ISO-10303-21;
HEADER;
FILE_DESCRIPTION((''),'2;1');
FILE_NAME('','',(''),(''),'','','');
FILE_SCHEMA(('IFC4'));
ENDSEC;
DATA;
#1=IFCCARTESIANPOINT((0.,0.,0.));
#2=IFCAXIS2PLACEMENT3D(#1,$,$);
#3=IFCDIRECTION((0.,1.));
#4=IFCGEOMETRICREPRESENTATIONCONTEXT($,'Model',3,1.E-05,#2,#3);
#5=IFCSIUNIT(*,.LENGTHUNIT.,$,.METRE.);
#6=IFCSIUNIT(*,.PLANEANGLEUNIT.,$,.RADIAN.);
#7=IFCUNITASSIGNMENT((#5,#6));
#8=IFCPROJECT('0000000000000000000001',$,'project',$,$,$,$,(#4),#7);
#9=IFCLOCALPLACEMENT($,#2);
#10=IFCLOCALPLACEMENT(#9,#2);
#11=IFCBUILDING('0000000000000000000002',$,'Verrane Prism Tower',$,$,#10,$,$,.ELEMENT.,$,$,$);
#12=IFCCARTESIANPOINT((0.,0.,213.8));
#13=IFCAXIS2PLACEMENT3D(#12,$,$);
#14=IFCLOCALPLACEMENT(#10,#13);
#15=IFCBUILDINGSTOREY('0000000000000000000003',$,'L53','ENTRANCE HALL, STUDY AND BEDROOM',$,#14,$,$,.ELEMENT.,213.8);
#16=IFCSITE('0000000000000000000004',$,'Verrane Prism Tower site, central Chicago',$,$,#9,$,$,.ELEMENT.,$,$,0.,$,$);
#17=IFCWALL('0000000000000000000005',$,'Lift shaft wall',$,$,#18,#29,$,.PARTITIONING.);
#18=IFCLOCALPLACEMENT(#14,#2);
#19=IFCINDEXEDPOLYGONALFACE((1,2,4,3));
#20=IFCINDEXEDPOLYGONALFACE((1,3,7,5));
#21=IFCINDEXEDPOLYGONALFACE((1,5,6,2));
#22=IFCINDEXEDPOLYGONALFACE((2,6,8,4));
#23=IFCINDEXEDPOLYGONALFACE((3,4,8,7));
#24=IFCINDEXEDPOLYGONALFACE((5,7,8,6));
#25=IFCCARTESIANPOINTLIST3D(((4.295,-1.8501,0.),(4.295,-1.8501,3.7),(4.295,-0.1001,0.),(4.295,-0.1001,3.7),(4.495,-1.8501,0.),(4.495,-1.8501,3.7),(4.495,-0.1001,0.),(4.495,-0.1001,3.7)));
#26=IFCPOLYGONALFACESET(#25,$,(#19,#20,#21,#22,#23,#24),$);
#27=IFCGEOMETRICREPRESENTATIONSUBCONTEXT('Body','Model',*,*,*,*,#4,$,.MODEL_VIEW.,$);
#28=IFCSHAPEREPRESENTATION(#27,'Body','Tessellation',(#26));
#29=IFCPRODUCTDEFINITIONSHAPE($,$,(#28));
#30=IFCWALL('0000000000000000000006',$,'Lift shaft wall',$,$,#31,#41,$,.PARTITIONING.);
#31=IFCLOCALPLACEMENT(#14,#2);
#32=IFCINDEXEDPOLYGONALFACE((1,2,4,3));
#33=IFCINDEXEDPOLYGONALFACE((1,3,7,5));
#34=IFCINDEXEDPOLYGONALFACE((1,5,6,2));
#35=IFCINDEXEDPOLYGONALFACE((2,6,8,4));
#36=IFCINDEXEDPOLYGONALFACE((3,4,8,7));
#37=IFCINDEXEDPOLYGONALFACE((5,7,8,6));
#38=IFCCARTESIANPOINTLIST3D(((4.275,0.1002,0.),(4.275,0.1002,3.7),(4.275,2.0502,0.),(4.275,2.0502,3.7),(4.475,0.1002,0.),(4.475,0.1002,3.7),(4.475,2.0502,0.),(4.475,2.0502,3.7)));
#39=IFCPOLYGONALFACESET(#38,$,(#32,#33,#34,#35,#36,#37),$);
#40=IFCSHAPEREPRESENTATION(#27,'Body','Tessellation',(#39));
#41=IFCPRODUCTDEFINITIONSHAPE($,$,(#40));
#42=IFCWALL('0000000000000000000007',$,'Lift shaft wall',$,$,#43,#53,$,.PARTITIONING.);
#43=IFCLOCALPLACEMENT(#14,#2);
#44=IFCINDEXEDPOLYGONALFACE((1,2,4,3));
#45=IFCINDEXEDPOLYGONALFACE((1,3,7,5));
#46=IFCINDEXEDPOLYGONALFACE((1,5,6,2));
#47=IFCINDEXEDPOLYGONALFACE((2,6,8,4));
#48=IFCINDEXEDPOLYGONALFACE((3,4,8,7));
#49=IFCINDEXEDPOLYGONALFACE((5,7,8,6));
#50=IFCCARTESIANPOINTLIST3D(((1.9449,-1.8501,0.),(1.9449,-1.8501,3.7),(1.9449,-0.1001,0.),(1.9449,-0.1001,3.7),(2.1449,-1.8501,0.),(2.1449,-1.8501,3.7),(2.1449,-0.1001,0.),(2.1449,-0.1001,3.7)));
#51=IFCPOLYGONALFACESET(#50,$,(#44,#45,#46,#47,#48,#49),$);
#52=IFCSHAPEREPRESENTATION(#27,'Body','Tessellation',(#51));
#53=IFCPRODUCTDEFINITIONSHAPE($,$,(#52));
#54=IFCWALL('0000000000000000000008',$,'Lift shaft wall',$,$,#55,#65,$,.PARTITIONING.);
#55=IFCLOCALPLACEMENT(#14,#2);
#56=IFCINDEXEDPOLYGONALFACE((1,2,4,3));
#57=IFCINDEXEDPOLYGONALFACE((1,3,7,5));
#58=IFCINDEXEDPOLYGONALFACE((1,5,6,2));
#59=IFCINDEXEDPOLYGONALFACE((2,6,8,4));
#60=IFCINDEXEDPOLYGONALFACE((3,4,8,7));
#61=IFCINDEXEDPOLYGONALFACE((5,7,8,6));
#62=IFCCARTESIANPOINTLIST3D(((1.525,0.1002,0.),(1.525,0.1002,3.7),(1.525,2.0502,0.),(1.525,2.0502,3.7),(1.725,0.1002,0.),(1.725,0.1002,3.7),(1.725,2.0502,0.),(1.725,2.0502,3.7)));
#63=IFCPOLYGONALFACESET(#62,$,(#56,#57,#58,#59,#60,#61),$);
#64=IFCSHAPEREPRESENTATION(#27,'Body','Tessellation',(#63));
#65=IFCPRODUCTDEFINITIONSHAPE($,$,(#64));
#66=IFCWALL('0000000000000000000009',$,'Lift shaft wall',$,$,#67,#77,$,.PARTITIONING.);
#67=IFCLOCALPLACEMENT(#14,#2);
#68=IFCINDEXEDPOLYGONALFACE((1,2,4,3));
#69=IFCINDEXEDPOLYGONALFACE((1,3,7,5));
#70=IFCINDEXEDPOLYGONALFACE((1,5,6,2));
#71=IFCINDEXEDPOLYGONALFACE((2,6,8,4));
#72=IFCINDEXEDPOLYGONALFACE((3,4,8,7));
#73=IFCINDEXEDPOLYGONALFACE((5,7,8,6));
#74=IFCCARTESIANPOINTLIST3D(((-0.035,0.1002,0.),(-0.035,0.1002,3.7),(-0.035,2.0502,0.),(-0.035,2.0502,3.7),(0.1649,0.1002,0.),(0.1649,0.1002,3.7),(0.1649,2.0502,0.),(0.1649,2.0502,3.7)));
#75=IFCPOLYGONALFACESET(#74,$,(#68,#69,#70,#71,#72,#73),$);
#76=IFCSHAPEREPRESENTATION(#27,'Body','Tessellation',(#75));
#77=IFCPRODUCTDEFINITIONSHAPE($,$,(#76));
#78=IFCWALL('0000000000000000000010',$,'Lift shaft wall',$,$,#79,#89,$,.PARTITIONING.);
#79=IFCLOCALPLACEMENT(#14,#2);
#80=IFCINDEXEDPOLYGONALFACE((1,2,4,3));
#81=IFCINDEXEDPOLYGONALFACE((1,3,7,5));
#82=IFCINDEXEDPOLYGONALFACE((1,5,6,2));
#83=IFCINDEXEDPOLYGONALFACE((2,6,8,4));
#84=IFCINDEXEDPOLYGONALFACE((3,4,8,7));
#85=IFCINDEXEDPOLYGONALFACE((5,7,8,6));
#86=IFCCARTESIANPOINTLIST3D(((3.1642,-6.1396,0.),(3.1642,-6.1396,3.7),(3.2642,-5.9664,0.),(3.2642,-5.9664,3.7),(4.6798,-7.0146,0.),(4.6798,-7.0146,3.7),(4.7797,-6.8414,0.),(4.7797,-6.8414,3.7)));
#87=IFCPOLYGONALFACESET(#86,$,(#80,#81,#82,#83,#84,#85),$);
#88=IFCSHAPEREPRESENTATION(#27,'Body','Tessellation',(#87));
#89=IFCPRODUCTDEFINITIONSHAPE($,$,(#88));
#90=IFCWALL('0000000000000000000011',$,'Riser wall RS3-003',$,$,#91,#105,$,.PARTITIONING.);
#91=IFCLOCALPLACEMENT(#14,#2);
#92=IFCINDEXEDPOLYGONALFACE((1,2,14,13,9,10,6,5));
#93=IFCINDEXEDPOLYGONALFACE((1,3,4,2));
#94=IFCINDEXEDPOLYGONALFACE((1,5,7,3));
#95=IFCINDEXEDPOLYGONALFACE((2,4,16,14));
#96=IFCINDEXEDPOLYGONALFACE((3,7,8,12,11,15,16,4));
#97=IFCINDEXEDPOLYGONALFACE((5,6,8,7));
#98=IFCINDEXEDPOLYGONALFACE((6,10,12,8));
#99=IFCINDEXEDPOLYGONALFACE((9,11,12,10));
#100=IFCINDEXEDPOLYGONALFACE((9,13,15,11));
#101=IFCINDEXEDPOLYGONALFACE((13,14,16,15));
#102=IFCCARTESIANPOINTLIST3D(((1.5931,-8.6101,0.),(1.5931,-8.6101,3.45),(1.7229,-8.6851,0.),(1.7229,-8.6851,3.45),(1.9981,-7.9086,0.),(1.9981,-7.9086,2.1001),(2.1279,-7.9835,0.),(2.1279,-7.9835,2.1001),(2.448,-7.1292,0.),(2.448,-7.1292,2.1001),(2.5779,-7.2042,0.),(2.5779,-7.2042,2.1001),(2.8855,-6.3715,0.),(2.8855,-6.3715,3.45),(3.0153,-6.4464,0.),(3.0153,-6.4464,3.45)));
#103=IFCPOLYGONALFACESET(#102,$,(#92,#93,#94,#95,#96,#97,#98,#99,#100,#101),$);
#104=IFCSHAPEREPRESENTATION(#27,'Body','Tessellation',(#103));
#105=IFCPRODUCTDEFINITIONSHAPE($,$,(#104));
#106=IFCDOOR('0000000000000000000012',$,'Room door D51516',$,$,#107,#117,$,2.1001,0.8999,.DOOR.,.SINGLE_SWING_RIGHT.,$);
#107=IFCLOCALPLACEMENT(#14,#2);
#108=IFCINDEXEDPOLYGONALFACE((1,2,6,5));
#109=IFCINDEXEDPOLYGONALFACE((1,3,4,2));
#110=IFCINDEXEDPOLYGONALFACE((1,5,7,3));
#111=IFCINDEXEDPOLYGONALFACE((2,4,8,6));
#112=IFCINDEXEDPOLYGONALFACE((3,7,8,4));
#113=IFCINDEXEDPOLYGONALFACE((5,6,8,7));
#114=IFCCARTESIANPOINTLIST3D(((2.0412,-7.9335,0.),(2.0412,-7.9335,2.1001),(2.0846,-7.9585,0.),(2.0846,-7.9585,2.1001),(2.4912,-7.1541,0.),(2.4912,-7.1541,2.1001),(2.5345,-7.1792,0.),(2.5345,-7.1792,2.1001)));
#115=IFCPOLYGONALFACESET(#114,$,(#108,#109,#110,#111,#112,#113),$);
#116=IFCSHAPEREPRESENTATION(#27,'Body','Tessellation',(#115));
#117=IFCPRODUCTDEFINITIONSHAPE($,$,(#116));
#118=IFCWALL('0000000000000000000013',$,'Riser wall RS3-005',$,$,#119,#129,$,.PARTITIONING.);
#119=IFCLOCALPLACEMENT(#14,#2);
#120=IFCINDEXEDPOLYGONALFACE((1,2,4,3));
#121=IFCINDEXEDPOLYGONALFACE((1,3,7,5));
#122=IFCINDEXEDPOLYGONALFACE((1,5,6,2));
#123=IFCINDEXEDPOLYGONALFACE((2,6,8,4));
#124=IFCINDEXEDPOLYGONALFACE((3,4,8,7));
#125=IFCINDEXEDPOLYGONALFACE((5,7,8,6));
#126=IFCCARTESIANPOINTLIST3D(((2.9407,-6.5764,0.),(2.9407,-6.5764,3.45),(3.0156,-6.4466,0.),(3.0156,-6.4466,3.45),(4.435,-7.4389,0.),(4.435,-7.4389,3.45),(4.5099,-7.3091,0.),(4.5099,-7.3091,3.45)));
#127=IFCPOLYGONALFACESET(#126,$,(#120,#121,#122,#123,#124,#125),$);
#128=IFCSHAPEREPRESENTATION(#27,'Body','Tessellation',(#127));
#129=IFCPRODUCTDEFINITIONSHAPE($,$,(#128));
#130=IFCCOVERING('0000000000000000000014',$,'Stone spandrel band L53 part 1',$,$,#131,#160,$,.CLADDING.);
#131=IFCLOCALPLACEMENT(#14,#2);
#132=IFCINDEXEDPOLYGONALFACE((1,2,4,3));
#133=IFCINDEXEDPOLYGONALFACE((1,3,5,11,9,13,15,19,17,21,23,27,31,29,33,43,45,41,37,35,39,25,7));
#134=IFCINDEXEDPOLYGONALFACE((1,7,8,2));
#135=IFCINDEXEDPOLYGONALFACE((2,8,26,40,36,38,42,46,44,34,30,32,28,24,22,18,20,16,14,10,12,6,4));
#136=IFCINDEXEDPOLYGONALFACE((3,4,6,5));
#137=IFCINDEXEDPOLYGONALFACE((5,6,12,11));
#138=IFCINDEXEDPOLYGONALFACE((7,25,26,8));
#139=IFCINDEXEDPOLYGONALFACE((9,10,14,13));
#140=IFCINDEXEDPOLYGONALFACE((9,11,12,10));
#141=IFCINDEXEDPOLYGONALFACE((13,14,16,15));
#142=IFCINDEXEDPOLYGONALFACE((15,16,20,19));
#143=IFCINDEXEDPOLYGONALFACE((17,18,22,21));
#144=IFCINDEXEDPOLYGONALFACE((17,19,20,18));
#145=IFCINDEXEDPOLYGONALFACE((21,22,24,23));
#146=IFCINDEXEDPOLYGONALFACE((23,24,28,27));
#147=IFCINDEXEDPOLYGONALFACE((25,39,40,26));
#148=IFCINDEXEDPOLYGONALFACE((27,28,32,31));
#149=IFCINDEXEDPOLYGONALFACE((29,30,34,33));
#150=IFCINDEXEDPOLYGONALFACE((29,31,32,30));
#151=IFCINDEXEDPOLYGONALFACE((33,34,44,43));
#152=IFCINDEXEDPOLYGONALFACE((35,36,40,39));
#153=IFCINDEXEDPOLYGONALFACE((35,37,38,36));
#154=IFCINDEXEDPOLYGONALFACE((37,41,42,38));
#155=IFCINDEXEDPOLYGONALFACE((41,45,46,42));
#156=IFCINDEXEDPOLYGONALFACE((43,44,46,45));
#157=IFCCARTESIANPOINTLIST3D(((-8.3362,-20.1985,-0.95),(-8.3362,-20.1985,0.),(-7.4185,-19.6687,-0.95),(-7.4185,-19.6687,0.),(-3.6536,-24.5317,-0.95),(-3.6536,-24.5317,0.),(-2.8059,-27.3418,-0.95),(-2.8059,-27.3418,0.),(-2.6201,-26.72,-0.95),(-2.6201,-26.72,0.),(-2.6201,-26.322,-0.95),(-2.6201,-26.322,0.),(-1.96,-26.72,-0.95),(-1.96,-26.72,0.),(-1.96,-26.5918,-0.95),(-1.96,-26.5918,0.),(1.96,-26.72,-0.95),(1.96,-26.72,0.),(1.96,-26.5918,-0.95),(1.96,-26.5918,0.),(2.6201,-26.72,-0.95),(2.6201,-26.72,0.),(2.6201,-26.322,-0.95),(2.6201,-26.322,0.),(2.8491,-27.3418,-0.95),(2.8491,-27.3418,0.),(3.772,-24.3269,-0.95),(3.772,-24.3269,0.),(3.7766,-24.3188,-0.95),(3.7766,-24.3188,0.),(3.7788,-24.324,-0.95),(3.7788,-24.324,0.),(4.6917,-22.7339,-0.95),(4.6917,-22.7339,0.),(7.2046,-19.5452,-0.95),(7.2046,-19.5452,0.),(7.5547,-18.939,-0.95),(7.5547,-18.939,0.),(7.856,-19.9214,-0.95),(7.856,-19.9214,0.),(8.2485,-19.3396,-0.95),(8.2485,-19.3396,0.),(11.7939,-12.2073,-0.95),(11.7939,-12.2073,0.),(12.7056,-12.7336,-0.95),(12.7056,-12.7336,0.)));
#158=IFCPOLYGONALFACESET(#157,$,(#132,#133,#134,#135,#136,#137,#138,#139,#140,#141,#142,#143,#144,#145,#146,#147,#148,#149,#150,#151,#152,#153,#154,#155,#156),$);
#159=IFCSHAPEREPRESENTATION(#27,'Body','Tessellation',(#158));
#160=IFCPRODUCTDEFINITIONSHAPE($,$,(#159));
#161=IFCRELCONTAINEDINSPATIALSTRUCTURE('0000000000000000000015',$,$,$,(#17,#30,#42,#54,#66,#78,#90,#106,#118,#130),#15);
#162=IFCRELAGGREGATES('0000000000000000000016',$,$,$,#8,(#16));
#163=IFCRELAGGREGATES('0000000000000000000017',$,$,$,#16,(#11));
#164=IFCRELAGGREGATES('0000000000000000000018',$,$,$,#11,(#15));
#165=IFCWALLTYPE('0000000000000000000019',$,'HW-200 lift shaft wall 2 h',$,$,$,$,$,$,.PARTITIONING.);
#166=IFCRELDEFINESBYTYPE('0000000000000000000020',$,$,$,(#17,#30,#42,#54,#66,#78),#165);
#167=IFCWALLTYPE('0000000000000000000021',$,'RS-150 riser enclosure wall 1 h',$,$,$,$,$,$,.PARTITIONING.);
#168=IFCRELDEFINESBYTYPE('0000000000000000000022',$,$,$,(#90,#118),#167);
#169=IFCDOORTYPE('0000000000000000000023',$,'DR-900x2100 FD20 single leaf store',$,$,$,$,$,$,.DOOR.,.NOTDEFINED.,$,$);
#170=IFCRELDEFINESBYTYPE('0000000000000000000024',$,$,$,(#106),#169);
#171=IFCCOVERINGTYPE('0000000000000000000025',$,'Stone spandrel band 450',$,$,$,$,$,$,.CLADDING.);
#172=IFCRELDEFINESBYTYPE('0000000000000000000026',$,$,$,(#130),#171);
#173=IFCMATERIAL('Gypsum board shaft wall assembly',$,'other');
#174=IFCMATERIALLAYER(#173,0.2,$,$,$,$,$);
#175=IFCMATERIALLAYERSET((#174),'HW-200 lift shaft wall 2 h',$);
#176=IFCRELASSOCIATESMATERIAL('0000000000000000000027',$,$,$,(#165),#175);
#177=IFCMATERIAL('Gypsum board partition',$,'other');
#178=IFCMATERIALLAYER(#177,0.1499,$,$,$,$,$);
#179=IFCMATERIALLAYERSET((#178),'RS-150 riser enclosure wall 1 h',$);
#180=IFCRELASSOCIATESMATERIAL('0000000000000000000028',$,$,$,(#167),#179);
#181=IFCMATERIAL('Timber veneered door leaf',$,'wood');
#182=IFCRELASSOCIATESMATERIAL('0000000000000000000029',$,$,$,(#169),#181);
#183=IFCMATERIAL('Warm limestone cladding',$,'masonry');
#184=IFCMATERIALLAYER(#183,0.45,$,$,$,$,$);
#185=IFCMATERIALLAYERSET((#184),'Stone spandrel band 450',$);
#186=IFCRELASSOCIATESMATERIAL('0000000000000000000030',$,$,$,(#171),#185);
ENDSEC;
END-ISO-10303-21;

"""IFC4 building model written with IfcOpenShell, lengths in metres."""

from ifc_helpers import new_model, si_unit, direction, frame, frame_2d, origin, place, context, subcontext, project, spatial, polyline, rectangle, outline, extrude, material, layer, layer_set, type_object, element, fill, save


model = new_model("IFC4")

# Units and contexts
model_context = context("Model", 3, precision=1e-05, world=origin(), true_north=direction((0.0, 1.0)))
body_context = subcontext(model_context, "Body", "Model", "MODEL_VIEW")
ifc_project = project(units=[si_unit("LENGTHUNIT", "METRE"), si_unit("PLANEANGLEUNIT", "RADIAN")], contexts=[model_context])

# Site, building, storey
site_placement = place(None, origin())
site = spatial("IfcSite", under=ifc_project, at=site_placement, Name="Verrane Prism Tower site, central Chicago", CompositionType="ELEMENT", RefElevation=0.0)
building_placement = place(site_placement, origin())
building = spatial("IfcBuilding", under=site, at=building_placement, Name="Verrane Prism Tower", CompositionType="ELEMENT")
storey_placement = place(building_placement, frame((0.0, 0.0, 213.8)))
storey = spatial("IfcBuildingStorey", under=building, at=storey_placement, Name="L53", Description="ENTRANCE HALL, STUDY AND BEDROOM", CompositionType="ELEMENT", Elevation=213.8)

# Shared definitions
ifc_material_1 = material(Name="Gypsum board shaft wall assembly", Category="other")
ifc_layer_1 = layer(ifc_material_1, 0.2)
ifc_layer_set_1 = layer_set([ifc_layer_1], Name="HW-200 lift shaft wall 2 h")
wall_type_1 = type_object("IfcWallType", Name="HW-200 lift shaft wall 2 h", PredefinedType="PARTITIONING", material=ifc_layer_set_1)

# Walls
wall_1_placement = place(storey_placement, frame((4.395, -1.8501, 0.0), z_axis=(0.0, 0.0, 1.0), x_axis=(0.0, 1.0, 0.0)))
element("IfcWall", 1, at=wall_1_placement, inside=storey, type_object=wall_type_1, Name="Lift shaft wall", PredefinedType="PARTITIONING", context=body_context, shape_type="SweptSolid", body=[
    extrude(rectangle(XDim=1.75, YDim=0.2, at=frame_2d((0.875, 0.0))), origin(), (0.0, 0.0, 1.0), 3.7),
])
wall_2_placement = place(storey_placement, frame((4.375, 0.1001, 0.0), z_axis=(0.0, 0.0, 1.0), x_axis=(0.0, 1.0, 0.0)))
element("IfcWall", 2, at=wall_2_placement, inside=storey, type_object=wall_type_1, Name="Lift shaft wall", PredefinedType="PARTITIONING", context=body_context, shape_type="SweptSolid", body=[
    extrude(rectangle(XDim=1.95, YDim=0.2, at=frame_2d((0.9751, 0.0))), origin(), (0.0, 0.0, 1.0), 3.7),
])
wall_3_placement = place(storey_placement, frame((2.0449, -1.8501, 0.0), z_axis=(0.0, 0.0, 1.0), x_axis=(0.0, 1.0, 0.0)))
element("IfcWall", 3, at=wall_3_placement, inside=storey, type_object=wall_type_1, Name="Lift shaft wall", PredefinedType="PARTITIONING", context=body_context, shape_type="SweptSolid", body=[
    extrude(rectangle(XDim=1.75, YDim=0.2, at=frame_2d((0.875, 0.0))), origin(), (0.0, 0.0, 1.0), 3.7),
])
for number, where, z_axis, x_axis, name in (
    (4, (1.625, 0.1001, 0.0), (0.0, 0.0, 1.0), (0.0, 1.0, 0.0), "Lift shaft wall"),
    (5, (0.0649, 0.1001, 0.0), (0.0, 0.0, 1.0), (0.0, 1.0, 0.0), "Lift shaft wall"),
):
    element("IfcWall", number, at=place(storey_placement, frame(where, z_axis=z_axis, x_axis=x_axis)), inside=storey, type_object=wall_type_1, Name=name, PredefinedType="PARTITIONING", context=body_context, shape_type="SweptSolid", body=[
        extrude(rectangle(XDim=1.95, YDim=0.2, at=frame_2d((0.9751, 0.0))), origin(), (0.0, 0.0, 1.0), 3.7),
    ])
wall_4_placement = place(storey_placement, frame((4.7297, -6.928, 0.0), z_axis=(0.0, 0.0, 1.0), x_axis=(-0.866037, 0.49998, 0.0)))
element("IfcWall", 6, at=wall_4_placement, inside=storey, type_object=wall_type_1, Name="Lift shaft wall", PredefinedType="PARTITIONING", context=body_context, shape_type="SweptSolid", body=[
    extrude(rectangle(XDim=1.75, YDim=0.2, at=frame_2d((0.875, 0.0))), origin(), (0.0, 0.0, 1.0), 3.7),
])

# Wall, opening, door
ifc_material_2 = material(Name="Gypsum board partition", Category="other")
ifc_layer_2 = layer(ifc_material_2, 0.1499)
ifc_layer_set_2 = layer_set([ifc_layer_2], Name="RS-150 riser enclosure wall 1 h")
wall_type_2 = type_object("IfcWallType", Name="RS-150 riser enclosure wall 1 h", PredefinedType="PARTITIONING", material=ifc_layer_set_2)
wall_5_placement = place(storey_placement, frame((2.9504, -6.4089, 0.0), z_axis=(0.0, 0.0, 1.0), x_axis=(-0.499979, -0.866038, 0.0)))
wall_5 = element("IfcWall", 7, at=wall_5_placement, inside=storey, type_object=wall_type_2, Name="Riser wall RS3-003", PredefinedType="PARTITIONING", context=body_context, shape_type="SweptSolid", body=[
    extrude(rectangle(XDim=2.585, YDim=0.1499, at=frame_2d((1.2925, 0.0))), origin(), (0.0, 0.0, 1.0), 3.45),
])
opening_1_placement = place(wall_5_placement, frame((0.875, 0.0, 0.0)))
opening_1 = element("IfcOpeningElement", 8, at=opening_1_placement, cuts=wall_5, PredefinedType="OPENING", context=body_context, shape_type="SweptSolid", body=[
    extrude(rectangle(XDim=0.8999, YDim=2.1001, at=frame_2d((0.45, 1.05))), frame((0.0, 0.085, 0.0), z_axis=(0.0, -1.0, 0.0), x_axis=(1.0, 0.0, 0.0)), (0.0, 0.0, 1.0), 0.1699),
])
ifc_material_3 = material(Name="Timber veneered door leaf", Category="wood")
door_type_1 = type_object("IfcDoorType", Name="DR-900x2100 FD20 single leaf store", OperationType="NOTDEFINED", PredefinedType="DOOR", material=ifc_material_3)
door_1_placement = place(opening_1_placement, origin())
door_1 = element("IfcDoor", 9, at=door_1_placement, inside=storey, type_object=door_type_1, Name="Room door D51516", OperationType="SINGLE_SWING_RIGHT", OverallHeight=2.1001, OverallWidth=0.8999, PredefinedType="DOOR", context=body_context, shape_type="SweptSolid", body=[
    extrude(rectangle(XDim=0.8999, YDim=2.1001, at=frame_2d((0.45, 1.05))), frame((0.0, 0.0249, 0.0), z_axis=(0.0, -1.0, 0.0), x_axis=(1.0, 0.0, 0.0)), (0.0, 0.0, 1.0), 0.05),
])
fill(opening_1, door_1)

# Wall
wall_6_placement = place(storey_placement, frame((2.978, -6.5115, 0.0), z_axis=(0.0, 0.0, 1.0), x_axis=(0.866084, -0.499898, 0.0)))
element("IfcWall", 10, at=wall_6_placement, inside=storey, type_object=wall_type_2, Name="Riser wall RS3-005", PredefinedType="PARTITIONING", context=body_context, shape_type="SweptSolid", body=[
    extrude(rectangle(XDim=1.7253, YDim=0.1499, at=frame_2d((0.8628, 0.0))), origin(), (0.0, 0.0, 1.0), 3.45),
])

# Covering
ifc_material_4 = material(Name="Warm limestone cladding", Category="masonry")
ifc_layer_3 = layer(ifc_material_4, 0.45)
ifc_layer_set_3 = layer_set([ifc_layer_3], Name="Stone spandrel band 450")
covering_type = type_object("IfcCoveringType", Name="Stone spandrel band 450", PredefinedType="CLADDING", material=ifc_layer_set_3)
covering_1_placement = place(storey_placement, frame((0.0, 0.0, -0.95)))
element("IfcCovering", 11, at=covering_1_placement, inside=storey, type_object=covering_type, Name="Stone spandrel band L53 part 1", PredefinedType="CLADDING", context=body_context, shape_type="SweptSolid", body=[
    extrude(outline(polyline([(2.8491, -27.3418), (7.856, -19.9214), (7.2046, -19.5452), (7.5547, -18.939), (8.2485, -19.3396), (12.7056, -12.7336), (11.7939, -12.2073), (4.6917, -22.7339), (3.7766, -24.3188), (3.7788, -24.324), (3.772, -24.3269), (2.6201, -26.322), (2.6201, -26.72), (1.96, -26.72), (1.96, -26.5918), (-1.96, -26.5918), (-1.96, -26.72), (-2.6201, -26.72), (-2.6201, -26.322), (-3.6536, -24.5317), (-7.4185, -19.6687), (-8.3362, -20.1985), (-2.8059, -27.3418), (2.8491, -27.3418)])), origin(), (0.0, 0.0, 1.0), 0.95),
])

save(model, "model.ifc")
